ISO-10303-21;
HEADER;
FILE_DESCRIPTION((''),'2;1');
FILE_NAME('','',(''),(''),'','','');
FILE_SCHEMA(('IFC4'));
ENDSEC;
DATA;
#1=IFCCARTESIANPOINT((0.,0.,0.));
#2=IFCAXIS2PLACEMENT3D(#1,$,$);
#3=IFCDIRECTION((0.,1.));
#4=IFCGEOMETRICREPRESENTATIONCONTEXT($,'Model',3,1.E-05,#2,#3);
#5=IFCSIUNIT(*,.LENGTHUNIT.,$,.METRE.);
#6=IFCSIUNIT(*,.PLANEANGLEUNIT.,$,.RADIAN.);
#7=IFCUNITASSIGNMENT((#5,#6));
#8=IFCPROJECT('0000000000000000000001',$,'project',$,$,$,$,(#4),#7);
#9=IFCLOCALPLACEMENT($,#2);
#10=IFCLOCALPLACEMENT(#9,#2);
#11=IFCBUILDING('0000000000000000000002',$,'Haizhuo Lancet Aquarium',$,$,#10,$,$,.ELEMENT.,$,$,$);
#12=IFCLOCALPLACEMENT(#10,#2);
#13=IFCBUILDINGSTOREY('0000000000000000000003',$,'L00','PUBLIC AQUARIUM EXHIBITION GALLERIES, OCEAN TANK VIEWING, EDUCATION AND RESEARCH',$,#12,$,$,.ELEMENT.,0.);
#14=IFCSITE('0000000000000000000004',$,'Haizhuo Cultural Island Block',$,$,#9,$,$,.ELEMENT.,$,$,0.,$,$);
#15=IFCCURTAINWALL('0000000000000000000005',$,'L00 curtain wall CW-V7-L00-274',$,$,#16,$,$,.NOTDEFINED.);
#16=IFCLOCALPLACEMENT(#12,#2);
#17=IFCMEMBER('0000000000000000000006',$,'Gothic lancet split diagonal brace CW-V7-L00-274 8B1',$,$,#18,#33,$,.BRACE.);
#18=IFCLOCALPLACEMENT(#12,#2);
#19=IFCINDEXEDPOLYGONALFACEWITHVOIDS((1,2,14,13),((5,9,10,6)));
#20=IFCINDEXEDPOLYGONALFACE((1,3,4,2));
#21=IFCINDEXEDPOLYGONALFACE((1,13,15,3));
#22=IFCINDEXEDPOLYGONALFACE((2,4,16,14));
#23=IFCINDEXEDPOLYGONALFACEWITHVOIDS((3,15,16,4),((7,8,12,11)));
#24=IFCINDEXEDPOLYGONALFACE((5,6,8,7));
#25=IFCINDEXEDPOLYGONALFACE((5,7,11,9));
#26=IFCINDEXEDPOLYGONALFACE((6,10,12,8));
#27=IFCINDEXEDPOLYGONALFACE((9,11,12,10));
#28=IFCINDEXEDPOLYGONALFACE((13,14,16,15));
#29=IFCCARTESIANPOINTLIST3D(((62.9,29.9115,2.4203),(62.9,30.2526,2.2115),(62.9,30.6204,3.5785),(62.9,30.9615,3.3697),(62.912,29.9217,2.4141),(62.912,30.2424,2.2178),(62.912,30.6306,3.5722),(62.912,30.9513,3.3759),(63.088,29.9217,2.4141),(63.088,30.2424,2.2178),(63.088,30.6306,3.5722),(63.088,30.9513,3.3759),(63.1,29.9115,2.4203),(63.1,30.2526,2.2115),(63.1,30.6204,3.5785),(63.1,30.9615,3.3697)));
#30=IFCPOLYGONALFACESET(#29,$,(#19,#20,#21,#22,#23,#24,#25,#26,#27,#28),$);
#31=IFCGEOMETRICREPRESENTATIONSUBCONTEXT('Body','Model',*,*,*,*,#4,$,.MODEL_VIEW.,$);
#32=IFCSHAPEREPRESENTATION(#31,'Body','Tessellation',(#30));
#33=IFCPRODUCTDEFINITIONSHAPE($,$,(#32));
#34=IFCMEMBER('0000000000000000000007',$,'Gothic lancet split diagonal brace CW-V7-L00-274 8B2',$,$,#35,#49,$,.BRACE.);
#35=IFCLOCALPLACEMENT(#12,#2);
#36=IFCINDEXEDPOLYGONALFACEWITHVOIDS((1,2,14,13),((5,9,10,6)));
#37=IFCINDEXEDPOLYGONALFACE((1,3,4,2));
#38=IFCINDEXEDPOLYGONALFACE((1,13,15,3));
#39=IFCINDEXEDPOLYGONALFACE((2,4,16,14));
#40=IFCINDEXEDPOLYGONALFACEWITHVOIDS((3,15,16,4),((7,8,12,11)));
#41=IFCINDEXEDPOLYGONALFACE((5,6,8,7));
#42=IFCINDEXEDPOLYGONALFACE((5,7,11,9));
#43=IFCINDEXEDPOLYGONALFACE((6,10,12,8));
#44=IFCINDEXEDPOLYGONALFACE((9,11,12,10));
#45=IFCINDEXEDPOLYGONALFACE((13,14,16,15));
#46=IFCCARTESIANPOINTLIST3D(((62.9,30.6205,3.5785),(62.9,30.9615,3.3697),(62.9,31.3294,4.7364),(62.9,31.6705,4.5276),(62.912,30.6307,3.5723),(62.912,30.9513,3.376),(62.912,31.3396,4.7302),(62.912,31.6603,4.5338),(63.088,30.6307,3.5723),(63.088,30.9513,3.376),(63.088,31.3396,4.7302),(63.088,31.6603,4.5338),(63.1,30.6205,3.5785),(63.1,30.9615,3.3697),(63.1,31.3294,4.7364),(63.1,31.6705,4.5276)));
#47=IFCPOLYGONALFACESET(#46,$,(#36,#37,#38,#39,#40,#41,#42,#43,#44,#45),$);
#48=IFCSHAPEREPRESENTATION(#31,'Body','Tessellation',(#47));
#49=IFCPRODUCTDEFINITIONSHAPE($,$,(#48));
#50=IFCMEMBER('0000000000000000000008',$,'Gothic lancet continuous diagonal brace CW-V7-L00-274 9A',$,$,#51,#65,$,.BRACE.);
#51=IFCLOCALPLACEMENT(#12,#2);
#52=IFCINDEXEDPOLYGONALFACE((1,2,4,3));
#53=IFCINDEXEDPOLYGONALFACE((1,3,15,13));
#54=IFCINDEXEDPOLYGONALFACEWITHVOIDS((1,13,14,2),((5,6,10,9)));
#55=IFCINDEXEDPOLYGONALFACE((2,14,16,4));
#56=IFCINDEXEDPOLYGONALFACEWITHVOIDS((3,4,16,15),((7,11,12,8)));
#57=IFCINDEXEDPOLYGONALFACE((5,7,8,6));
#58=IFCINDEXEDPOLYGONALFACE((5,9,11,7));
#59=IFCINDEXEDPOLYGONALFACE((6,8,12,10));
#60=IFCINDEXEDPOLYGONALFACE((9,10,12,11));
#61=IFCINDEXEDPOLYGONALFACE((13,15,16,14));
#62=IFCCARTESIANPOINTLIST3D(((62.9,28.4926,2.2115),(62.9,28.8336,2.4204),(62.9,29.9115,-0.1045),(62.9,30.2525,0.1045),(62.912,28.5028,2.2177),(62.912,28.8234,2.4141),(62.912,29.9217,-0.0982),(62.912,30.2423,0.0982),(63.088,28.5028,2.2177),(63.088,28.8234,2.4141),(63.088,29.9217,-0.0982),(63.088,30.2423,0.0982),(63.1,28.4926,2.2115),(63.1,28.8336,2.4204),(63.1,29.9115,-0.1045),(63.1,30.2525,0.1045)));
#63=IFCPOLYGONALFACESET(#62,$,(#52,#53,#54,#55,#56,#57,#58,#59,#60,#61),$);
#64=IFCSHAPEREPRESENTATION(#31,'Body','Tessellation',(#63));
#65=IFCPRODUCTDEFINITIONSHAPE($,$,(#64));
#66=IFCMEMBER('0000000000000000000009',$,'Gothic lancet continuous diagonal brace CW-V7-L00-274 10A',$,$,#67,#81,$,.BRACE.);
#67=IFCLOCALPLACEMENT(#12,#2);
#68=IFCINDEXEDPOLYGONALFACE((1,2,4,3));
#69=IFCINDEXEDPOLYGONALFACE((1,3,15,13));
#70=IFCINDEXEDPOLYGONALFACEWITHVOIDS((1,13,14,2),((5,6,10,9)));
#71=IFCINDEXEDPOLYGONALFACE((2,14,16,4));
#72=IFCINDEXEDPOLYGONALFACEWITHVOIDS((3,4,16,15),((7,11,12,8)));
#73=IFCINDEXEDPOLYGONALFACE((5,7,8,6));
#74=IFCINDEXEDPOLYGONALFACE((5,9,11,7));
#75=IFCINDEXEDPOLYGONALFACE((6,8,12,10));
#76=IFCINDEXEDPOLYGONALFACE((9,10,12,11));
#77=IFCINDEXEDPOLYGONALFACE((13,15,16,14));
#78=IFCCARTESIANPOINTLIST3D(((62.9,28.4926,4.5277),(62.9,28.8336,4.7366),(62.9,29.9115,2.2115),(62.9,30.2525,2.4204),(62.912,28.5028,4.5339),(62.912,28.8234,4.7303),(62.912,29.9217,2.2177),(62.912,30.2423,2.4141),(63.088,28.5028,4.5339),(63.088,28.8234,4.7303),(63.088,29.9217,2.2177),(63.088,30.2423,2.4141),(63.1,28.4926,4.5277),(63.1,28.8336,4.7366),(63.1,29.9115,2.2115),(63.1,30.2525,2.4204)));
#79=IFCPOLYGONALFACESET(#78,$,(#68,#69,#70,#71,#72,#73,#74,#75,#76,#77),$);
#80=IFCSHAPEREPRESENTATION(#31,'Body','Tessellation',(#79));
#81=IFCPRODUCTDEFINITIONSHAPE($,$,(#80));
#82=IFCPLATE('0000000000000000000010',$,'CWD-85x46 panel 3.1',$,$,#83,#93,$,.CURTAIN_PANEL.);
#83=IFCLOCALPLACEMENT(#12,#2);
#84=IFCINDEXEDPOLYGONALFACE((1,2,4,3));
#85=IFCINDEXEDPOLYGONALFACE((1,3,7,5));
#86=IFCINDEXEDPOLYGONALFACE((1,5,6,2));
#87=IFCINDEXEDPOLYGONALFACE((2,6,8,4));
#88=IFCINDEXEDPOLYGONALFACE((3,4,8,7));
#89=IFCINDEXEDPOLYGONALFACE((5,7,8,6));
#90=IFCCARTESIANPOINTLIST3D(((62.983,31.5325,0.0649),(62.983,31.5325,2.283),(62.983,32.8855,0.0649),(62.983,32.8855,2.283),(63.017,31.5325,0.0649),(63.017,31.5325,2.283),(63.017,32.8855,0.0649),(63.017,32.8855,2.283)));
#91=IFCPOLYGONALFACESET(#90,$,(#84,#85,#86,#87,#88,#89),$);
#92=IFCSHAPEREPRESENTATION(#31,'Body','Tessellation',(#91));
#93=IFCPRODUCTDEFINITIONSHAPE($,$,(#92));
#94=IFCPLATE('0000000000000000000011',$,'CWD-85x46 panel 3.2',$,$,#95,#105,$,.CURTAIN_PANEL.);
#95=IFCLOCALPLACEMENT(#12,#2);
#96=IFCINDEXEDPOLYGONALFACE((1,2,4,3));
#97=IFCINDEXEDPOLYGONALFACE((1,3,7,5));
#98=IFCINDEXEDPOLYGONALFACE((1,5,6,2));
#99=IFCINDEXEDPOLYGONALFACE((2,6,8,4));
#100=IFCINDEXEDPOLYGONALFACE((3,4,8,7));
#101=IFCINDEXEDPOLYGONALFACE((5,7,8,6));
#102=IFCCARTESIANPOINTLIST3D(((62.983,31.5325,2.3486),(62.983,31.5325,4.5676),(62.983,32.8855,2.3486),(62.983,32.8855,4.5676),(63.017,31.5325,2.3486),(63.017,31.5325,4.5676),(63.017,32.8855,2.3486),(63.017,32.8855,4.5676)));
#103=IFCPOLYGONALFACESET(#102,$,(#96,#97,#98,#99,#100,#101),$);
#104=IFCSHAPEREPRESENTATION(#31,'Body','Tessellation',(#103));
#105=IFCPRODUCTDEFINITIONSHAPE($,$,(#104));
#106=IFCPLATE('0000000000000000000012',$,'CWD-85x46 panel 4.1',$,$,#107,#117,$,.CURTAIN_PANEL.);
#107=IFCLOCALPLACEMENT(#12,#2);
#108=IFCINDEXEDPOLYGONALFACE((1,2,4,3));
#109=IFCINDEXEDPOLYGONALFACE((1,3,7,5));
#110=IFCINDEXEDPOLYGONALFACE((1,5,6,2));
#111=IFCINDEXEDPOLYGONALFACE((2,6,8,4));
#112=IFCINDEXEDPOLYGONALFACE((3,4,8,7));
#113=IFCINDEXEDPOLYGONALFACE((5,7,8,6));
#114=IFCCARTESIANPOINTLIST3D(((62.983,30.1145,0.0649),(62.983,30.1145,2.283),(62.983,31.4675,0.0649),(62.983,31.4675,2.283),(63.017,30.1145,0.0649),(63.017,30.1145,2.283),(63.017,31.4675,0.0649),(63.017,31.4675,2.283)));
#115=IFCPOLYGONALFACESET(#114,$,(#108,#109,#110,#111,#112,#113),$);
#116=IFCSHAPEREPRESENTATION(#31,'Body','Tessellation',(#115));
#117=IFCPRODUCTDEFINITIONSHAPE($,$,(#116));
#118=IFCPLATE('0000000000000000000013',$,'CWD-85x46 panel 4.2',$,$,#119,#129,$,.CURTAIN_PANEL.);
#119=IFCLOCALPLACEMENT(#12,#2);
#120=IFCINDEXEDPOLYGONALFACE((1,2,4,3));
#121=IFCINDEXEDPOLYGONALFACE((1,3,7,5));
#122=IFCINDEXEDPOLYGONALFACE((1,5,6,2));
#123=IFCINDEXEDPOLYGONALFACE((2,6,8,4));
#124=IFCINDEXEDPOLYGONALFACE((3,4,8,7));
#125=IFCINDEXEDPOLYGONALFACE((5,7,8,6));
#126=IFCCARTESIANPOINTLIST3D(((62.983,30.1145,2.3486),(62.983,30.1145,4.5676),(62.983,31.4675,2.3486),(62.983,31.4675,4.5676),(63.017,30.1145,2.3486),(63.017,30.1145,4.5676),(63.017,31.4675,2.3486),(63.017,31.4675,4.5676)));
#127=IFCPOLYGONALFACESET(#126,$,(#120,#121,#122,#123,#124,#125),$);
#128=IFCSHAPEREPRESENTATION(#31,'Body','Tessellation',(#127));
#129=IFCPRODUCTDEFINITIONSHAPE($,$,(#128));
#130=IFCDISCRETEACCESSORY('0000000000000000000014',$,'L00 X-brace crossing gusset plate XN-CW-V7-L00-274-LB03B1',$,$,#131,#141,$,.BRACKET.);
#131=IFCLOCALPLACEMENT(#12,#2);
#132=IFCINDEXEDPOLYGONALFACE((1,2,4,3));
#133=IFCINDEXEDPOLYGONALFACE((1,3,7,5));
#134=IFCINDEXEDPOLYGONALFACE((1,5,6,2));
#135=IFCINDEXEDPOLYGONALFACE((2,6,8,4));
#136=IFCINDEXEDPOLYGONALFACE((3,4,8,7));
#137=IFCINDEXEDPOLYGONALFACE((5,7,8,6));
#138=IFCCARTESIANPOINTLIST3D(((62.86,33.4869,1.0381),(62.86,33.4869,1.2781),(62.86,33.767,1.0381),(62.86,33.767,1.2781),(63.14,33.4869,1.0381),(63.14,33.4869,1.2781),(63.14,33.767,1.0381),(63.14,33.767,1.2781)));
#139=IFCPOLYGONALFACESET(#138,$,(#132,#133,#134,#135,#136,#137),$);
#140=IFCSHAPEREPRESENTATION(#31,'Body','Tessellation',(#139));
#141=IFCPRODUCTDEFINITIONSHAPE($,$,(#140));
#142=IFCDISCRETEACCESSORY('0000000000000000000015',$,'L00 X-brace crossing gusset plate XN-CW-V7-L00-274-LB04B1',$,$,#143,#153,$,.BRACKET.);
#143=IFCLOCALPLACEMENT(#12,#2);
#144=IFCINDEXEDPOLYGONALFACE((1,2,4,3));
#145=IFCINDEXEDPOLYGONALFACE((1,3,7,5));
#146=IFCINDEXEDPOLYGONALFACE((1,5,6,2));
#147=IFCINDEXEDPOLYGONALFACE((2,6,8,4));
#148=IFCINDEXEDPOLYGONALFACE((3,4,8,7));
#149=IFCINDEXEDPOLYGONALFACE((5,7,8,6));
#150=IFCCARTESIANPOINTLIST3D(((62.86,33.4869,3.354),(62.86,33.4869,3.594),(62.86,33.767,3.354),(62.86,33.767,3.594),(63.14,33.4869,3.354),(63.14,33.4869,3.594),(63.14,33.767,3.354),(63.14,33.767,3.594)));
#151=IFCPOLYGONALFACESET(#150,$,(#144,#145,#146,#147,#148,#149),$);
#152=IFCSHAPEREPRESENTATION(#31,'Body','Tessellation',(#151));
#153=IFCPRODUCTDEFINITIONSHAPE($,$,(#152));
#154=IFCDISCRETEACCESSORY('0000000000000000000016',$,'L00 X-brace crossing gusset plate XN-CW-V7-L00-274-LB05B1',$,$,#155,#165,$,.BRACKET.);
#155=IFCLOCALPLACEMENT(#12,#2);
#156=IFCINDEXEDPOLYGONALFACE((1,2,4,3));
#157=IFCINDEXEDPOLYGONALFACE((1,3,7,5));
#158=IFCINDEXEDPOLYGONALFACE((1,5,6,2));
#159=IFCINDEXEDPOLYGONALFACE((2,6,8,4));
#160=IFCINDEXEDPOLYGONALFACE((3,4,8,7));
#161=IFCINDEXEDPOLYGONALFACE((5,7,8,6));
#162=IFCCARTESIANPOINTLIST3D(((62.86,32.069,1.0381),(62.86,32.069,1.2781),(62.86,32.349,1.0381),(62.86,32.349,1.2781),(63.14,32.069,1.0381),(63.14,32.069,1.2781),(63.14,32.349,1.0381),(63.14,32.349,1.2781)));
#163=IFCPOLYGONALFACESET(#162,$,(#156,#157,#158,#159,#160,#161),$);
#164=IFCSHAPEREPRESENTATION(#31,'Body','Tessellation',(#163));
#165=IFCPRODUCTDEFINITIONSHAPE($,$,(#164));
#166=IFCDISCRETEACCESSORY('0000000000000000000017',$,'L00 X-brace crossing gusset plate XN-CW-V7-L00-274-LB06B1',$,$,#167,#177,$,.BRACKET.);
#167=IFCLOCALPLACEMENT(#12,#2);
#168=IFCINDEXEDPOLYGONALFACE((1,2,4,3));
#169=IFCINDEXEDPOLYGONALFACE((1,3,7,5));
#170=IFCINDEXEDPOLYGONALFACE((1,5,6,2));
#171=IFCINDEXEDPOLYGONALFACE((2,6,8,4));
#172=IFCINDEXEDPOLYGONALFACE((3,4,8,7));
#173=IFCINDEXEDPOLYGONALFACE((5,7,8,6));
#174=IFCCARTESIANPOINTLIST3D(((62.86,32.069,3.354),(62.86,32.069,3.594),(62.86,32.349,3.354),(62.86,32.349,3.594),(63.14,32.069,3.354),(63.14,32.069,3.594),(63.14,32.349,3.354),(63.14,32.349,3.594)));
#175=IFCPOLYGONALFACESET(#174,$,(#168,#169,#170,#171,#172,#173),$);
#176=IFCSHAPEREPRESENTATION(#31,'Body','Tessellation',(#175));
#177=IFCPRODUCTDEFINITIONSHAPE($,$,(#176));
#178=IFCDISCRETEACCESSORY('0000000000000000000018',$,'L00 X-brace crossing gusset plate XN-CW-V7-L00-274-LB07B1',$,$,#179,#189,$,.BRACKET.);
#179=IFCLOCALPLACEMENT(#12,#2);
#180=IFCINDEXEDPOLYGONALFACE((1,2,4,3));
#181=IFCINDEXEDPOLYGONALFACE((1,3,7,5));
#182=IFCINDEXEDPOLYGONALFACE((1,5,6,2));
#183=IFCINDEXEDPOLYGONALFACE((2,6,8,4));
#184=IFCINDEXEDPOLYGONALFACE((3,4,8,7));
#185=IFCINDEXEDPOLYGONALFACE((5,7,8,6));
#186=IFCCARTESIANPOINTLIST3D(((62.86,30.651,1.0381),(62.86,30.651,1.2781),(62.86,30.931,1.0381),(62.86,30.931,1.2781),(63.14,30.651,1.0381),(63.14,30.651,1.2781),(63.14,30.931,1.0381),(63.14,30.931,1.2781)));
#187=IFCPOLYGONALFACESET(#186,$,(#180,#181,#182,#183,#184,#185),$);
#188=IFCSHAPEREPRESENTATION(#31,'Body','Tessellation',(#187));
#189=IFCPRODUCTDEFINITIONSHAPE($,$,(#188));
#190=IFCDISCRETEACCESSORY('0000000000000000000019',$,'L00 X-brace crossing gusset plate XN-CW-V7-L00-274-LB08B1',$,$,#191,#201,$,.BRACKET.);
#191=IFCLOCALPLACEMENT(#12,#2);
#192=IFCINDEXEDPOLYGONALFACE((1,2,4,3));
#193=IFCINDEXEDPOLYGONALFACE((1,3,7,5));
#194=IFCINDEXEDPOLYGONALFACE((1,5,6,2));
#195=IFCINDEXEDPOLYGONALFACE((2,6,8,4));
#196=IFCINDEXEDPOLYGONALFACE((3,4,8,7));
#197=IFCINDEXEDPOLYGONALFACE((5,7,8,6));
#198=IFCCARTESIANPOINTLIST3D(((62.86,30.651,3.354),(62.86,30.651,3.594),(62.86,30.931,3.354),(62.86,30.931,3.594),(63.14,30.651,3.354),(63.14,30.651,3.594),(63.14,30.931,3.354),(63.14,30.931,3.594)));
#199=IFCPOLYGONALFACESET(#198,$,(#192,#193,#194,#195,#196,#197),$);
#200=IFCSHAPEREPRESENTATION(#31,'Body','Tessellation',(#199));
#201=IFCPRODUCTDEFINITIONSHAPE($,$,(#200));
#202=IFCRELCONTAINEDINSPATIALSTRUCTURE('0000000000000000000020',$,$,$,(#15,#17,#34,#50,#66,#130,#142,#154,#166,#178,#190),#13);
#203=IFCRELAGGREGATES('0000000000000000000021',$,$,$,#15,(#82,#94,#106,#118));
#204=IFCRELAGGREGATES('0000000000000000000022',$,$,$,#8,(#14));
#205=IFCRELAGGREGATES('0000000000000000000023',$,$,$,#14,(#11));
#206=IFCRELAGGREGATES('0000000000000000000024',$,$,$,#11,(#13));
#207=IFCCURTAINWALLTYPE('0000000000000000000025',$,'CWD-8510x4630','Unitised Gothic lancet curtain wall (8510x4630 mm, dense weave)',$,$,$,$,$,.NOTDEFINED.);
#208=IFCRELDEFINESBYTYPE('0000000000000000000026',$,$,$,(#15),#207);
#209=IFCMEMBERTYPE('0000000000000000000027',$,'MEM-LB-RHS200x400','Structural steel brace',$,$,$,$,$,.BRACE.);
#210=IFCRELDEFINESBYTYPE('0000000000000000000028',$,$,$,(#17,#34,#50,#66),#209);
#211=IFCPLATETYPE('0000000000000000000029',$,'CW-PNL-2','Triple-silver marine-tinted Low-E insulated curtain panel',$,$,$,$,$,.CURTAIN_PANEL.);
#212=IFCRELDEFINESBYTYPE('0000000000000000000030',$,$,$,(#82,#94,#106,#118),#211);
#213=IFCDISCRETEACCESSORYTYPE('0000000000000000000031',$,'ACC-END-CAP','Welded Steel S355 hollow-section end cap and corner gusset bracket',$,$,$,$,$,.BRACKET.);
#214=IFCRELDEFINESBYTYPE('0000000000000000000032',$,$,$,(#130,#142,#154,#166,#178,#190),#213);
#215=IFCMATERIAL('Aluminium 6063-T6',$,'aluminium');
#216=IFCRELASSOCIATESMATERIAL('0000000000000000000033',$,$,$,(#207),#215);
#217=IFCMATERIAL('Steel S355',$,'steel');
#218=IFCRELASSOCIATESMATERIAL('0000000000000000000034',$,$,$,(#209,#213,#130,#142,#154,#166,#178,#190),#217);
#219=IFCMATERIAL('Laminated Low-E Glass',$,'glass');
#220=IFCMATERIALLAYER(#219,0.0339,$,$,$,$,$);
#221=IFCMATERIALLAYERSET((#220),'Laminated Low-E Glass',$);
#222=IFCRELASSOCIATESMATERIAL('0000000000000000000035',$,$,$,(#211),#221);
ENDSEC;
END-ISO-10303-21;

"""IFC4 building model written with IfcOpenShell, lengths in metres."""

from ifc_helpers import new_model, si_unit, direction, frame, origin, origin_2d, place, context, subcontext, project, spatial, rectangle, hollow_rectangle, extrude, material, layer, layer_set, material_profile, profile_set, type_object, element, aggregate, save


model = new_model("IFC4")

# Units and contexts
model_context = context("Model", 3, precision=1e-05, world=origin(), true_north=direction((0.0, 1.0)))
body_context = subcontext(model_context, "Body", "Model", "MODEL_VIEW")
ifc_project = project(units=[si_unit("LENGTHUNIT", "METRE"), si_unit("PLANEANGLEUNIT", "RADIAN")], contexts=[model_context])

# Site, building, storey
site_placement = place(None, origin())
site = spatial("IfcSite", under=ifc_project, at=site_placement, Name="Haizhuo Cultural Island Block", CompositionType="ELEMENT", RefElevation=0.0)
building_placement = place(site_placement, origin())
building = spatial("IfcBuilding", under=site, at=building_placement, Name="Haizhuo Lancet Aquarium", CompositionType="ELEMENT")
storey_placement = place(building_placement, origin())
storey = spatial("IfcBuildingStorey", under=building, at=storey_placement, Name="L00", Description="PUBLIC AQUARIUM EXHIBITION GALLERIES, OCEAN TANK VIEWING, EDUCATION AND RESEARCH", CompositionType="ELEMENT", Elevation=0.0)

# Curtain wall
ifc_material_1 = material(Name="Aluminium 6063-T6", Category="aluminium")
curtain_wall_type = type_object("IfcCurtainWallType", Name="CWD-8510x4630", Description="Unitised Gothic lancet curtain wall (8510x4630 mm, dense weave)", PredefinedType="NOTDEFINED", material=ifc_material_1)
curtain_wall_placement = place(storey_placement, origin())
curtain_wall = element("IfcCurtainWall", 1, at=curtain_wall_placement, inside=storey, type_object=curtain_wall_type, Name="L00 curtain wall CW-V7-L00-274", PredefinedType="NOTDEFINED")

# Members
ifc_material_2 = material(Name="Steel S355", Category="steel")
ifc_material_profile_1 = material_profile(ifc_material_2, hollow_rectangle(XDim=0.2, YDim=0.3999, WallThickness=0.012, at=origin_2d()), Name="RHS 200x400x12")
ifc_profile_set_1 = profile_set([ifc_material_profile_1], Name="Steel S355")
member_type_1 = type_object("IfcMemberType", Name="MEM-LB-RHS200x400", Description="Structural steel brace", PredefinedType="BRACE", material=ifc_profile_set_1)
member_1_placement = place(storey_placement, frame((63.0, 30.082, 2.3159), z_axis=(0.0, 0.52209, 0.852891), x_axis=(-1.0, 0.0, 0.0)))
element("IfcMember", 2, at=member_1_placement, inside=storey, type_object=member_type_1, Name="Gothic lancet split diagonal brace CW-V7-L00-274 8B1", PredefinedType="BRACE", context=body_context, shape_type="SweptSolid", body=[
    extrude(hollow_rectangle(XDim=0.2, YDim=0.3999, WallThickness=0.012, at=origin_2d()), origin(), (0.0, 0.0, 1.0), 1.3579),
])
member_2_placement = place(storey_placement, frame((63.0, 30.791, 3.4741), z_axis=(0.0, 0.52217, 0.852841), x_axis=(-1.0, 0.0, 0.0)))
element("IfcMember", 3, at=member_2_placement, inside=storey, type_object=member_type_1, Name="Gothic lancet split diagonal brace CW-V7-L00-274 8B2", PredefinedType="BRACE", context=body_context, shape_type="SweptSolid", body=[
    extrude(hollow_rectangle(XDim=0.2, YDim=0.3999, WallThickness=0.012, at=origin_2d()), origin(), (0.0, 0.0, 1.0), 1.3577),
])
member_3_placement = place(storey_placement, frame((63.0, 30.082, 0.0), z_axis=(0.0, -0.522431, 0.852681), x_axis=(1.0, 0.0, 0.0)))
element("IfcMember", 4, at=member_3_placement, inside=storey, type_object=member_type_1, Name="Gothic lancet continuous diagonal brace CW-V7-L00-274 9A", PredefinedType="BRACE", context=body_context, shape_type="SweptSolid", body=[
    extrude(hollow_rectangle(XDim=0.2, YDim=0.3999, WallThickness=0.012, at=origin_2d()), origin(), (0.0, 0.0, 1.0), 2.7161),
])
member_4_placement = place(storey_placement, frame((63.0, 30.082, 2.3159), z_axis=(0.0, -0.522391, 0.852706), x_axis=(1.0, 0.0, 0.0)))
element("IfcMember", 5, at=member_4_placement, inside=storey, type_object=member_type_1, Name="Gothic lancet continuous diagonal brace CW-V7-L00-274 10A", PredefinedType="BRACE", context=body_context, shape_type="SweptSolid", body=[
    extrude(hollow_rectangle(XDim=0.2, YDim=0.3999, WallThickness=0.012, at=origin_2d()), origin(), (0.0, 0.0, 1.0), 2.7163),
])

# Plates
ifc_material_3 = material(Name="Laminated Low-E Glass", Category="glass")
ifc_layer = layer(ifc_material_3, 0.0339)
ifc_layer_set = layer_set([ifc_layer], Name="Laminated Low-E Glass")
plate_type = type_object("IfcPlateType", Name="CW-PNL-2", Description="Triple-silver marine-tinted Low-E insulated curtain panel", PredefinedType="CURTAIN_PANEL", material=ifc_layer_set)
plate_1_placement = place(storey_placement, frame((63.0, 32.209, 0.0649), z_axis=(0.0, 0.0, 1.0), x_axis=(0.0, -1.0, 0.0)))
plate_1 = element("IfcPlate", 6, at=plate_1_placement, type_object=plate_type, Name="CWD-85x46 panel 3.1", PredefinedType="CURTAIN_PANEL", context=body_context, shape_type="SweptSolid", body=[
    extrude(rectangle(XDim=1.353, YDim=0.0339, at=origin_2d()), origin(), (0.0, 0.0, 1.0), 2.218),
])
plate_2_placement = place(storey_placement, frame((63.0, 32.209, 2.3486), z_axis=(0.0, 0.0, 1.0), x_axis=(0.0, -1.0, 0.0)))
plate_2 = element("IfcPlate", 7, at=plate_2_placement, type_object=plate_type, Name="CWD-85x46 panel 3.2", PredefinedType="CURTAIN_PANEL", context=body_context, shape_type="SweptSolid", body=[
    extrude(rectangle(XDim=1.353, YDim=0.0339, at=origin_2d()), origin(), (0.0, 0.0, 1.0), 2.219),
])
plate_3_placement = place(storey_placement, frame((63.0, 30.791, 0.0649), z_axis=(0.0, 0.0, 1.0), x_axis=(0.0, -1.0, 0.0)))
plate_3 = element("IfcPlate", 8, at=plate_3_placement, type_object=plate_type, Name="CWD-85x46 panel 4.1", PredefinedType="CURTAIN_PANEL", context=body_context, shape_type="SweptSolid", body=[
    extrude(rectangle(XDim=1.353, YDim=0.0339, at=origin_2d()), origin(), (0.0, 0.0, 1.0), 2.218),
])
plate_4_placement = place(storey_placement, frame((63.0, 30.791, 2.3486), z_axis=(0.0, 0.0, 1.0), x_axis=(0.0, -1.0, 0.0)))
plate_4 = element("IfcPlate", 9, at=plate_4_placement, type_object=plate_type, Name="CWD-85x46 panel 4.2", PredefinedType="CURTAIN_PANEL", context=body_context, shape_type="SweptSolid", body=[
    extrude(rectangle(XDim=1.353, YDim=0.0339, at=origin_2d()), origin(), (0.0, 0.0, 1.0), 2.219),
])
aggregate(curtain_wall, [plate_1, plate_2, plate_3, plate_4])

# Discrete accessories
discrete_accessory_type = type_object("IfcDiscreteAccessoryType", Name="ACC-END-CAP", Description="Welded Steel S355 hollow-section end cap and corner gusset bracket", PredefinedType="BRACKET", material=ifc_material_2)
for number, where, z_axis, x_axis, name in (
    (10, (63.0, 33.627, 1.0381), (0.0, 0.0, 1.0), (1.0, 0.0, 0.0), "L00 X-brace crossing gusset plate XN-CW-V7-L00-274-LB03B1"),
    (11, (63.0, 33.627, 3.354), (0.0, 0.0, 1.0), (1.0, 0.0, 0.0), "L00 X-brace crossing gusset plate XN-CW-V7-L00-274-LB04B1"),
    (12, (63.0, 32.209, 1.0381), (0.0, 0.0, 1.0), (1.0, 0.0, 0.0), "L00 X-brace crossing gusset plate XN-CW-V7-L00-274-LB05B1"),
    (13, (63.0, 32.209, 3.354), (0.0, 0.0, 1.0), (1.0, 0.0, 0.0), "L00 X-brace crossing gusset plate XN-CW-V7-L00-274-LB06B1"),
    (14, (63.0, 30.791, 1.0381), (0.0, 0.0, 1.0), (1.0, 0.0, 0.0), "L00 X-brace crossing gusset plate XN-CW-V7-L00-274-LB07B1"),
    (15, (63.0, 30.791, 3.354), (0.0, 0.0, 1.0), (1.0, 0.0, 0.0), "L00 X-brace crossing gusset plate XN-CW-V7-L00-274-LB08B1"),
):
    element("IfcDiscreteAccessory", number, at=place(storey_placement, frame(where, z_axis=z_axis, x_axis=x_axis)), inside=storey, type_object=discrete_accessory_type, material=ifc_material_2, Name=name, PredefinedType="BRACKET", context=body_context, shape_type="SweptSolid", body=[
        extrude(rectangle(XDim=0.28, YDim=0.28, at=origin_2d()), origin(), (0.0, 0.0, 1.0), 0.24),
    ])

save(model, "model.ifc")
